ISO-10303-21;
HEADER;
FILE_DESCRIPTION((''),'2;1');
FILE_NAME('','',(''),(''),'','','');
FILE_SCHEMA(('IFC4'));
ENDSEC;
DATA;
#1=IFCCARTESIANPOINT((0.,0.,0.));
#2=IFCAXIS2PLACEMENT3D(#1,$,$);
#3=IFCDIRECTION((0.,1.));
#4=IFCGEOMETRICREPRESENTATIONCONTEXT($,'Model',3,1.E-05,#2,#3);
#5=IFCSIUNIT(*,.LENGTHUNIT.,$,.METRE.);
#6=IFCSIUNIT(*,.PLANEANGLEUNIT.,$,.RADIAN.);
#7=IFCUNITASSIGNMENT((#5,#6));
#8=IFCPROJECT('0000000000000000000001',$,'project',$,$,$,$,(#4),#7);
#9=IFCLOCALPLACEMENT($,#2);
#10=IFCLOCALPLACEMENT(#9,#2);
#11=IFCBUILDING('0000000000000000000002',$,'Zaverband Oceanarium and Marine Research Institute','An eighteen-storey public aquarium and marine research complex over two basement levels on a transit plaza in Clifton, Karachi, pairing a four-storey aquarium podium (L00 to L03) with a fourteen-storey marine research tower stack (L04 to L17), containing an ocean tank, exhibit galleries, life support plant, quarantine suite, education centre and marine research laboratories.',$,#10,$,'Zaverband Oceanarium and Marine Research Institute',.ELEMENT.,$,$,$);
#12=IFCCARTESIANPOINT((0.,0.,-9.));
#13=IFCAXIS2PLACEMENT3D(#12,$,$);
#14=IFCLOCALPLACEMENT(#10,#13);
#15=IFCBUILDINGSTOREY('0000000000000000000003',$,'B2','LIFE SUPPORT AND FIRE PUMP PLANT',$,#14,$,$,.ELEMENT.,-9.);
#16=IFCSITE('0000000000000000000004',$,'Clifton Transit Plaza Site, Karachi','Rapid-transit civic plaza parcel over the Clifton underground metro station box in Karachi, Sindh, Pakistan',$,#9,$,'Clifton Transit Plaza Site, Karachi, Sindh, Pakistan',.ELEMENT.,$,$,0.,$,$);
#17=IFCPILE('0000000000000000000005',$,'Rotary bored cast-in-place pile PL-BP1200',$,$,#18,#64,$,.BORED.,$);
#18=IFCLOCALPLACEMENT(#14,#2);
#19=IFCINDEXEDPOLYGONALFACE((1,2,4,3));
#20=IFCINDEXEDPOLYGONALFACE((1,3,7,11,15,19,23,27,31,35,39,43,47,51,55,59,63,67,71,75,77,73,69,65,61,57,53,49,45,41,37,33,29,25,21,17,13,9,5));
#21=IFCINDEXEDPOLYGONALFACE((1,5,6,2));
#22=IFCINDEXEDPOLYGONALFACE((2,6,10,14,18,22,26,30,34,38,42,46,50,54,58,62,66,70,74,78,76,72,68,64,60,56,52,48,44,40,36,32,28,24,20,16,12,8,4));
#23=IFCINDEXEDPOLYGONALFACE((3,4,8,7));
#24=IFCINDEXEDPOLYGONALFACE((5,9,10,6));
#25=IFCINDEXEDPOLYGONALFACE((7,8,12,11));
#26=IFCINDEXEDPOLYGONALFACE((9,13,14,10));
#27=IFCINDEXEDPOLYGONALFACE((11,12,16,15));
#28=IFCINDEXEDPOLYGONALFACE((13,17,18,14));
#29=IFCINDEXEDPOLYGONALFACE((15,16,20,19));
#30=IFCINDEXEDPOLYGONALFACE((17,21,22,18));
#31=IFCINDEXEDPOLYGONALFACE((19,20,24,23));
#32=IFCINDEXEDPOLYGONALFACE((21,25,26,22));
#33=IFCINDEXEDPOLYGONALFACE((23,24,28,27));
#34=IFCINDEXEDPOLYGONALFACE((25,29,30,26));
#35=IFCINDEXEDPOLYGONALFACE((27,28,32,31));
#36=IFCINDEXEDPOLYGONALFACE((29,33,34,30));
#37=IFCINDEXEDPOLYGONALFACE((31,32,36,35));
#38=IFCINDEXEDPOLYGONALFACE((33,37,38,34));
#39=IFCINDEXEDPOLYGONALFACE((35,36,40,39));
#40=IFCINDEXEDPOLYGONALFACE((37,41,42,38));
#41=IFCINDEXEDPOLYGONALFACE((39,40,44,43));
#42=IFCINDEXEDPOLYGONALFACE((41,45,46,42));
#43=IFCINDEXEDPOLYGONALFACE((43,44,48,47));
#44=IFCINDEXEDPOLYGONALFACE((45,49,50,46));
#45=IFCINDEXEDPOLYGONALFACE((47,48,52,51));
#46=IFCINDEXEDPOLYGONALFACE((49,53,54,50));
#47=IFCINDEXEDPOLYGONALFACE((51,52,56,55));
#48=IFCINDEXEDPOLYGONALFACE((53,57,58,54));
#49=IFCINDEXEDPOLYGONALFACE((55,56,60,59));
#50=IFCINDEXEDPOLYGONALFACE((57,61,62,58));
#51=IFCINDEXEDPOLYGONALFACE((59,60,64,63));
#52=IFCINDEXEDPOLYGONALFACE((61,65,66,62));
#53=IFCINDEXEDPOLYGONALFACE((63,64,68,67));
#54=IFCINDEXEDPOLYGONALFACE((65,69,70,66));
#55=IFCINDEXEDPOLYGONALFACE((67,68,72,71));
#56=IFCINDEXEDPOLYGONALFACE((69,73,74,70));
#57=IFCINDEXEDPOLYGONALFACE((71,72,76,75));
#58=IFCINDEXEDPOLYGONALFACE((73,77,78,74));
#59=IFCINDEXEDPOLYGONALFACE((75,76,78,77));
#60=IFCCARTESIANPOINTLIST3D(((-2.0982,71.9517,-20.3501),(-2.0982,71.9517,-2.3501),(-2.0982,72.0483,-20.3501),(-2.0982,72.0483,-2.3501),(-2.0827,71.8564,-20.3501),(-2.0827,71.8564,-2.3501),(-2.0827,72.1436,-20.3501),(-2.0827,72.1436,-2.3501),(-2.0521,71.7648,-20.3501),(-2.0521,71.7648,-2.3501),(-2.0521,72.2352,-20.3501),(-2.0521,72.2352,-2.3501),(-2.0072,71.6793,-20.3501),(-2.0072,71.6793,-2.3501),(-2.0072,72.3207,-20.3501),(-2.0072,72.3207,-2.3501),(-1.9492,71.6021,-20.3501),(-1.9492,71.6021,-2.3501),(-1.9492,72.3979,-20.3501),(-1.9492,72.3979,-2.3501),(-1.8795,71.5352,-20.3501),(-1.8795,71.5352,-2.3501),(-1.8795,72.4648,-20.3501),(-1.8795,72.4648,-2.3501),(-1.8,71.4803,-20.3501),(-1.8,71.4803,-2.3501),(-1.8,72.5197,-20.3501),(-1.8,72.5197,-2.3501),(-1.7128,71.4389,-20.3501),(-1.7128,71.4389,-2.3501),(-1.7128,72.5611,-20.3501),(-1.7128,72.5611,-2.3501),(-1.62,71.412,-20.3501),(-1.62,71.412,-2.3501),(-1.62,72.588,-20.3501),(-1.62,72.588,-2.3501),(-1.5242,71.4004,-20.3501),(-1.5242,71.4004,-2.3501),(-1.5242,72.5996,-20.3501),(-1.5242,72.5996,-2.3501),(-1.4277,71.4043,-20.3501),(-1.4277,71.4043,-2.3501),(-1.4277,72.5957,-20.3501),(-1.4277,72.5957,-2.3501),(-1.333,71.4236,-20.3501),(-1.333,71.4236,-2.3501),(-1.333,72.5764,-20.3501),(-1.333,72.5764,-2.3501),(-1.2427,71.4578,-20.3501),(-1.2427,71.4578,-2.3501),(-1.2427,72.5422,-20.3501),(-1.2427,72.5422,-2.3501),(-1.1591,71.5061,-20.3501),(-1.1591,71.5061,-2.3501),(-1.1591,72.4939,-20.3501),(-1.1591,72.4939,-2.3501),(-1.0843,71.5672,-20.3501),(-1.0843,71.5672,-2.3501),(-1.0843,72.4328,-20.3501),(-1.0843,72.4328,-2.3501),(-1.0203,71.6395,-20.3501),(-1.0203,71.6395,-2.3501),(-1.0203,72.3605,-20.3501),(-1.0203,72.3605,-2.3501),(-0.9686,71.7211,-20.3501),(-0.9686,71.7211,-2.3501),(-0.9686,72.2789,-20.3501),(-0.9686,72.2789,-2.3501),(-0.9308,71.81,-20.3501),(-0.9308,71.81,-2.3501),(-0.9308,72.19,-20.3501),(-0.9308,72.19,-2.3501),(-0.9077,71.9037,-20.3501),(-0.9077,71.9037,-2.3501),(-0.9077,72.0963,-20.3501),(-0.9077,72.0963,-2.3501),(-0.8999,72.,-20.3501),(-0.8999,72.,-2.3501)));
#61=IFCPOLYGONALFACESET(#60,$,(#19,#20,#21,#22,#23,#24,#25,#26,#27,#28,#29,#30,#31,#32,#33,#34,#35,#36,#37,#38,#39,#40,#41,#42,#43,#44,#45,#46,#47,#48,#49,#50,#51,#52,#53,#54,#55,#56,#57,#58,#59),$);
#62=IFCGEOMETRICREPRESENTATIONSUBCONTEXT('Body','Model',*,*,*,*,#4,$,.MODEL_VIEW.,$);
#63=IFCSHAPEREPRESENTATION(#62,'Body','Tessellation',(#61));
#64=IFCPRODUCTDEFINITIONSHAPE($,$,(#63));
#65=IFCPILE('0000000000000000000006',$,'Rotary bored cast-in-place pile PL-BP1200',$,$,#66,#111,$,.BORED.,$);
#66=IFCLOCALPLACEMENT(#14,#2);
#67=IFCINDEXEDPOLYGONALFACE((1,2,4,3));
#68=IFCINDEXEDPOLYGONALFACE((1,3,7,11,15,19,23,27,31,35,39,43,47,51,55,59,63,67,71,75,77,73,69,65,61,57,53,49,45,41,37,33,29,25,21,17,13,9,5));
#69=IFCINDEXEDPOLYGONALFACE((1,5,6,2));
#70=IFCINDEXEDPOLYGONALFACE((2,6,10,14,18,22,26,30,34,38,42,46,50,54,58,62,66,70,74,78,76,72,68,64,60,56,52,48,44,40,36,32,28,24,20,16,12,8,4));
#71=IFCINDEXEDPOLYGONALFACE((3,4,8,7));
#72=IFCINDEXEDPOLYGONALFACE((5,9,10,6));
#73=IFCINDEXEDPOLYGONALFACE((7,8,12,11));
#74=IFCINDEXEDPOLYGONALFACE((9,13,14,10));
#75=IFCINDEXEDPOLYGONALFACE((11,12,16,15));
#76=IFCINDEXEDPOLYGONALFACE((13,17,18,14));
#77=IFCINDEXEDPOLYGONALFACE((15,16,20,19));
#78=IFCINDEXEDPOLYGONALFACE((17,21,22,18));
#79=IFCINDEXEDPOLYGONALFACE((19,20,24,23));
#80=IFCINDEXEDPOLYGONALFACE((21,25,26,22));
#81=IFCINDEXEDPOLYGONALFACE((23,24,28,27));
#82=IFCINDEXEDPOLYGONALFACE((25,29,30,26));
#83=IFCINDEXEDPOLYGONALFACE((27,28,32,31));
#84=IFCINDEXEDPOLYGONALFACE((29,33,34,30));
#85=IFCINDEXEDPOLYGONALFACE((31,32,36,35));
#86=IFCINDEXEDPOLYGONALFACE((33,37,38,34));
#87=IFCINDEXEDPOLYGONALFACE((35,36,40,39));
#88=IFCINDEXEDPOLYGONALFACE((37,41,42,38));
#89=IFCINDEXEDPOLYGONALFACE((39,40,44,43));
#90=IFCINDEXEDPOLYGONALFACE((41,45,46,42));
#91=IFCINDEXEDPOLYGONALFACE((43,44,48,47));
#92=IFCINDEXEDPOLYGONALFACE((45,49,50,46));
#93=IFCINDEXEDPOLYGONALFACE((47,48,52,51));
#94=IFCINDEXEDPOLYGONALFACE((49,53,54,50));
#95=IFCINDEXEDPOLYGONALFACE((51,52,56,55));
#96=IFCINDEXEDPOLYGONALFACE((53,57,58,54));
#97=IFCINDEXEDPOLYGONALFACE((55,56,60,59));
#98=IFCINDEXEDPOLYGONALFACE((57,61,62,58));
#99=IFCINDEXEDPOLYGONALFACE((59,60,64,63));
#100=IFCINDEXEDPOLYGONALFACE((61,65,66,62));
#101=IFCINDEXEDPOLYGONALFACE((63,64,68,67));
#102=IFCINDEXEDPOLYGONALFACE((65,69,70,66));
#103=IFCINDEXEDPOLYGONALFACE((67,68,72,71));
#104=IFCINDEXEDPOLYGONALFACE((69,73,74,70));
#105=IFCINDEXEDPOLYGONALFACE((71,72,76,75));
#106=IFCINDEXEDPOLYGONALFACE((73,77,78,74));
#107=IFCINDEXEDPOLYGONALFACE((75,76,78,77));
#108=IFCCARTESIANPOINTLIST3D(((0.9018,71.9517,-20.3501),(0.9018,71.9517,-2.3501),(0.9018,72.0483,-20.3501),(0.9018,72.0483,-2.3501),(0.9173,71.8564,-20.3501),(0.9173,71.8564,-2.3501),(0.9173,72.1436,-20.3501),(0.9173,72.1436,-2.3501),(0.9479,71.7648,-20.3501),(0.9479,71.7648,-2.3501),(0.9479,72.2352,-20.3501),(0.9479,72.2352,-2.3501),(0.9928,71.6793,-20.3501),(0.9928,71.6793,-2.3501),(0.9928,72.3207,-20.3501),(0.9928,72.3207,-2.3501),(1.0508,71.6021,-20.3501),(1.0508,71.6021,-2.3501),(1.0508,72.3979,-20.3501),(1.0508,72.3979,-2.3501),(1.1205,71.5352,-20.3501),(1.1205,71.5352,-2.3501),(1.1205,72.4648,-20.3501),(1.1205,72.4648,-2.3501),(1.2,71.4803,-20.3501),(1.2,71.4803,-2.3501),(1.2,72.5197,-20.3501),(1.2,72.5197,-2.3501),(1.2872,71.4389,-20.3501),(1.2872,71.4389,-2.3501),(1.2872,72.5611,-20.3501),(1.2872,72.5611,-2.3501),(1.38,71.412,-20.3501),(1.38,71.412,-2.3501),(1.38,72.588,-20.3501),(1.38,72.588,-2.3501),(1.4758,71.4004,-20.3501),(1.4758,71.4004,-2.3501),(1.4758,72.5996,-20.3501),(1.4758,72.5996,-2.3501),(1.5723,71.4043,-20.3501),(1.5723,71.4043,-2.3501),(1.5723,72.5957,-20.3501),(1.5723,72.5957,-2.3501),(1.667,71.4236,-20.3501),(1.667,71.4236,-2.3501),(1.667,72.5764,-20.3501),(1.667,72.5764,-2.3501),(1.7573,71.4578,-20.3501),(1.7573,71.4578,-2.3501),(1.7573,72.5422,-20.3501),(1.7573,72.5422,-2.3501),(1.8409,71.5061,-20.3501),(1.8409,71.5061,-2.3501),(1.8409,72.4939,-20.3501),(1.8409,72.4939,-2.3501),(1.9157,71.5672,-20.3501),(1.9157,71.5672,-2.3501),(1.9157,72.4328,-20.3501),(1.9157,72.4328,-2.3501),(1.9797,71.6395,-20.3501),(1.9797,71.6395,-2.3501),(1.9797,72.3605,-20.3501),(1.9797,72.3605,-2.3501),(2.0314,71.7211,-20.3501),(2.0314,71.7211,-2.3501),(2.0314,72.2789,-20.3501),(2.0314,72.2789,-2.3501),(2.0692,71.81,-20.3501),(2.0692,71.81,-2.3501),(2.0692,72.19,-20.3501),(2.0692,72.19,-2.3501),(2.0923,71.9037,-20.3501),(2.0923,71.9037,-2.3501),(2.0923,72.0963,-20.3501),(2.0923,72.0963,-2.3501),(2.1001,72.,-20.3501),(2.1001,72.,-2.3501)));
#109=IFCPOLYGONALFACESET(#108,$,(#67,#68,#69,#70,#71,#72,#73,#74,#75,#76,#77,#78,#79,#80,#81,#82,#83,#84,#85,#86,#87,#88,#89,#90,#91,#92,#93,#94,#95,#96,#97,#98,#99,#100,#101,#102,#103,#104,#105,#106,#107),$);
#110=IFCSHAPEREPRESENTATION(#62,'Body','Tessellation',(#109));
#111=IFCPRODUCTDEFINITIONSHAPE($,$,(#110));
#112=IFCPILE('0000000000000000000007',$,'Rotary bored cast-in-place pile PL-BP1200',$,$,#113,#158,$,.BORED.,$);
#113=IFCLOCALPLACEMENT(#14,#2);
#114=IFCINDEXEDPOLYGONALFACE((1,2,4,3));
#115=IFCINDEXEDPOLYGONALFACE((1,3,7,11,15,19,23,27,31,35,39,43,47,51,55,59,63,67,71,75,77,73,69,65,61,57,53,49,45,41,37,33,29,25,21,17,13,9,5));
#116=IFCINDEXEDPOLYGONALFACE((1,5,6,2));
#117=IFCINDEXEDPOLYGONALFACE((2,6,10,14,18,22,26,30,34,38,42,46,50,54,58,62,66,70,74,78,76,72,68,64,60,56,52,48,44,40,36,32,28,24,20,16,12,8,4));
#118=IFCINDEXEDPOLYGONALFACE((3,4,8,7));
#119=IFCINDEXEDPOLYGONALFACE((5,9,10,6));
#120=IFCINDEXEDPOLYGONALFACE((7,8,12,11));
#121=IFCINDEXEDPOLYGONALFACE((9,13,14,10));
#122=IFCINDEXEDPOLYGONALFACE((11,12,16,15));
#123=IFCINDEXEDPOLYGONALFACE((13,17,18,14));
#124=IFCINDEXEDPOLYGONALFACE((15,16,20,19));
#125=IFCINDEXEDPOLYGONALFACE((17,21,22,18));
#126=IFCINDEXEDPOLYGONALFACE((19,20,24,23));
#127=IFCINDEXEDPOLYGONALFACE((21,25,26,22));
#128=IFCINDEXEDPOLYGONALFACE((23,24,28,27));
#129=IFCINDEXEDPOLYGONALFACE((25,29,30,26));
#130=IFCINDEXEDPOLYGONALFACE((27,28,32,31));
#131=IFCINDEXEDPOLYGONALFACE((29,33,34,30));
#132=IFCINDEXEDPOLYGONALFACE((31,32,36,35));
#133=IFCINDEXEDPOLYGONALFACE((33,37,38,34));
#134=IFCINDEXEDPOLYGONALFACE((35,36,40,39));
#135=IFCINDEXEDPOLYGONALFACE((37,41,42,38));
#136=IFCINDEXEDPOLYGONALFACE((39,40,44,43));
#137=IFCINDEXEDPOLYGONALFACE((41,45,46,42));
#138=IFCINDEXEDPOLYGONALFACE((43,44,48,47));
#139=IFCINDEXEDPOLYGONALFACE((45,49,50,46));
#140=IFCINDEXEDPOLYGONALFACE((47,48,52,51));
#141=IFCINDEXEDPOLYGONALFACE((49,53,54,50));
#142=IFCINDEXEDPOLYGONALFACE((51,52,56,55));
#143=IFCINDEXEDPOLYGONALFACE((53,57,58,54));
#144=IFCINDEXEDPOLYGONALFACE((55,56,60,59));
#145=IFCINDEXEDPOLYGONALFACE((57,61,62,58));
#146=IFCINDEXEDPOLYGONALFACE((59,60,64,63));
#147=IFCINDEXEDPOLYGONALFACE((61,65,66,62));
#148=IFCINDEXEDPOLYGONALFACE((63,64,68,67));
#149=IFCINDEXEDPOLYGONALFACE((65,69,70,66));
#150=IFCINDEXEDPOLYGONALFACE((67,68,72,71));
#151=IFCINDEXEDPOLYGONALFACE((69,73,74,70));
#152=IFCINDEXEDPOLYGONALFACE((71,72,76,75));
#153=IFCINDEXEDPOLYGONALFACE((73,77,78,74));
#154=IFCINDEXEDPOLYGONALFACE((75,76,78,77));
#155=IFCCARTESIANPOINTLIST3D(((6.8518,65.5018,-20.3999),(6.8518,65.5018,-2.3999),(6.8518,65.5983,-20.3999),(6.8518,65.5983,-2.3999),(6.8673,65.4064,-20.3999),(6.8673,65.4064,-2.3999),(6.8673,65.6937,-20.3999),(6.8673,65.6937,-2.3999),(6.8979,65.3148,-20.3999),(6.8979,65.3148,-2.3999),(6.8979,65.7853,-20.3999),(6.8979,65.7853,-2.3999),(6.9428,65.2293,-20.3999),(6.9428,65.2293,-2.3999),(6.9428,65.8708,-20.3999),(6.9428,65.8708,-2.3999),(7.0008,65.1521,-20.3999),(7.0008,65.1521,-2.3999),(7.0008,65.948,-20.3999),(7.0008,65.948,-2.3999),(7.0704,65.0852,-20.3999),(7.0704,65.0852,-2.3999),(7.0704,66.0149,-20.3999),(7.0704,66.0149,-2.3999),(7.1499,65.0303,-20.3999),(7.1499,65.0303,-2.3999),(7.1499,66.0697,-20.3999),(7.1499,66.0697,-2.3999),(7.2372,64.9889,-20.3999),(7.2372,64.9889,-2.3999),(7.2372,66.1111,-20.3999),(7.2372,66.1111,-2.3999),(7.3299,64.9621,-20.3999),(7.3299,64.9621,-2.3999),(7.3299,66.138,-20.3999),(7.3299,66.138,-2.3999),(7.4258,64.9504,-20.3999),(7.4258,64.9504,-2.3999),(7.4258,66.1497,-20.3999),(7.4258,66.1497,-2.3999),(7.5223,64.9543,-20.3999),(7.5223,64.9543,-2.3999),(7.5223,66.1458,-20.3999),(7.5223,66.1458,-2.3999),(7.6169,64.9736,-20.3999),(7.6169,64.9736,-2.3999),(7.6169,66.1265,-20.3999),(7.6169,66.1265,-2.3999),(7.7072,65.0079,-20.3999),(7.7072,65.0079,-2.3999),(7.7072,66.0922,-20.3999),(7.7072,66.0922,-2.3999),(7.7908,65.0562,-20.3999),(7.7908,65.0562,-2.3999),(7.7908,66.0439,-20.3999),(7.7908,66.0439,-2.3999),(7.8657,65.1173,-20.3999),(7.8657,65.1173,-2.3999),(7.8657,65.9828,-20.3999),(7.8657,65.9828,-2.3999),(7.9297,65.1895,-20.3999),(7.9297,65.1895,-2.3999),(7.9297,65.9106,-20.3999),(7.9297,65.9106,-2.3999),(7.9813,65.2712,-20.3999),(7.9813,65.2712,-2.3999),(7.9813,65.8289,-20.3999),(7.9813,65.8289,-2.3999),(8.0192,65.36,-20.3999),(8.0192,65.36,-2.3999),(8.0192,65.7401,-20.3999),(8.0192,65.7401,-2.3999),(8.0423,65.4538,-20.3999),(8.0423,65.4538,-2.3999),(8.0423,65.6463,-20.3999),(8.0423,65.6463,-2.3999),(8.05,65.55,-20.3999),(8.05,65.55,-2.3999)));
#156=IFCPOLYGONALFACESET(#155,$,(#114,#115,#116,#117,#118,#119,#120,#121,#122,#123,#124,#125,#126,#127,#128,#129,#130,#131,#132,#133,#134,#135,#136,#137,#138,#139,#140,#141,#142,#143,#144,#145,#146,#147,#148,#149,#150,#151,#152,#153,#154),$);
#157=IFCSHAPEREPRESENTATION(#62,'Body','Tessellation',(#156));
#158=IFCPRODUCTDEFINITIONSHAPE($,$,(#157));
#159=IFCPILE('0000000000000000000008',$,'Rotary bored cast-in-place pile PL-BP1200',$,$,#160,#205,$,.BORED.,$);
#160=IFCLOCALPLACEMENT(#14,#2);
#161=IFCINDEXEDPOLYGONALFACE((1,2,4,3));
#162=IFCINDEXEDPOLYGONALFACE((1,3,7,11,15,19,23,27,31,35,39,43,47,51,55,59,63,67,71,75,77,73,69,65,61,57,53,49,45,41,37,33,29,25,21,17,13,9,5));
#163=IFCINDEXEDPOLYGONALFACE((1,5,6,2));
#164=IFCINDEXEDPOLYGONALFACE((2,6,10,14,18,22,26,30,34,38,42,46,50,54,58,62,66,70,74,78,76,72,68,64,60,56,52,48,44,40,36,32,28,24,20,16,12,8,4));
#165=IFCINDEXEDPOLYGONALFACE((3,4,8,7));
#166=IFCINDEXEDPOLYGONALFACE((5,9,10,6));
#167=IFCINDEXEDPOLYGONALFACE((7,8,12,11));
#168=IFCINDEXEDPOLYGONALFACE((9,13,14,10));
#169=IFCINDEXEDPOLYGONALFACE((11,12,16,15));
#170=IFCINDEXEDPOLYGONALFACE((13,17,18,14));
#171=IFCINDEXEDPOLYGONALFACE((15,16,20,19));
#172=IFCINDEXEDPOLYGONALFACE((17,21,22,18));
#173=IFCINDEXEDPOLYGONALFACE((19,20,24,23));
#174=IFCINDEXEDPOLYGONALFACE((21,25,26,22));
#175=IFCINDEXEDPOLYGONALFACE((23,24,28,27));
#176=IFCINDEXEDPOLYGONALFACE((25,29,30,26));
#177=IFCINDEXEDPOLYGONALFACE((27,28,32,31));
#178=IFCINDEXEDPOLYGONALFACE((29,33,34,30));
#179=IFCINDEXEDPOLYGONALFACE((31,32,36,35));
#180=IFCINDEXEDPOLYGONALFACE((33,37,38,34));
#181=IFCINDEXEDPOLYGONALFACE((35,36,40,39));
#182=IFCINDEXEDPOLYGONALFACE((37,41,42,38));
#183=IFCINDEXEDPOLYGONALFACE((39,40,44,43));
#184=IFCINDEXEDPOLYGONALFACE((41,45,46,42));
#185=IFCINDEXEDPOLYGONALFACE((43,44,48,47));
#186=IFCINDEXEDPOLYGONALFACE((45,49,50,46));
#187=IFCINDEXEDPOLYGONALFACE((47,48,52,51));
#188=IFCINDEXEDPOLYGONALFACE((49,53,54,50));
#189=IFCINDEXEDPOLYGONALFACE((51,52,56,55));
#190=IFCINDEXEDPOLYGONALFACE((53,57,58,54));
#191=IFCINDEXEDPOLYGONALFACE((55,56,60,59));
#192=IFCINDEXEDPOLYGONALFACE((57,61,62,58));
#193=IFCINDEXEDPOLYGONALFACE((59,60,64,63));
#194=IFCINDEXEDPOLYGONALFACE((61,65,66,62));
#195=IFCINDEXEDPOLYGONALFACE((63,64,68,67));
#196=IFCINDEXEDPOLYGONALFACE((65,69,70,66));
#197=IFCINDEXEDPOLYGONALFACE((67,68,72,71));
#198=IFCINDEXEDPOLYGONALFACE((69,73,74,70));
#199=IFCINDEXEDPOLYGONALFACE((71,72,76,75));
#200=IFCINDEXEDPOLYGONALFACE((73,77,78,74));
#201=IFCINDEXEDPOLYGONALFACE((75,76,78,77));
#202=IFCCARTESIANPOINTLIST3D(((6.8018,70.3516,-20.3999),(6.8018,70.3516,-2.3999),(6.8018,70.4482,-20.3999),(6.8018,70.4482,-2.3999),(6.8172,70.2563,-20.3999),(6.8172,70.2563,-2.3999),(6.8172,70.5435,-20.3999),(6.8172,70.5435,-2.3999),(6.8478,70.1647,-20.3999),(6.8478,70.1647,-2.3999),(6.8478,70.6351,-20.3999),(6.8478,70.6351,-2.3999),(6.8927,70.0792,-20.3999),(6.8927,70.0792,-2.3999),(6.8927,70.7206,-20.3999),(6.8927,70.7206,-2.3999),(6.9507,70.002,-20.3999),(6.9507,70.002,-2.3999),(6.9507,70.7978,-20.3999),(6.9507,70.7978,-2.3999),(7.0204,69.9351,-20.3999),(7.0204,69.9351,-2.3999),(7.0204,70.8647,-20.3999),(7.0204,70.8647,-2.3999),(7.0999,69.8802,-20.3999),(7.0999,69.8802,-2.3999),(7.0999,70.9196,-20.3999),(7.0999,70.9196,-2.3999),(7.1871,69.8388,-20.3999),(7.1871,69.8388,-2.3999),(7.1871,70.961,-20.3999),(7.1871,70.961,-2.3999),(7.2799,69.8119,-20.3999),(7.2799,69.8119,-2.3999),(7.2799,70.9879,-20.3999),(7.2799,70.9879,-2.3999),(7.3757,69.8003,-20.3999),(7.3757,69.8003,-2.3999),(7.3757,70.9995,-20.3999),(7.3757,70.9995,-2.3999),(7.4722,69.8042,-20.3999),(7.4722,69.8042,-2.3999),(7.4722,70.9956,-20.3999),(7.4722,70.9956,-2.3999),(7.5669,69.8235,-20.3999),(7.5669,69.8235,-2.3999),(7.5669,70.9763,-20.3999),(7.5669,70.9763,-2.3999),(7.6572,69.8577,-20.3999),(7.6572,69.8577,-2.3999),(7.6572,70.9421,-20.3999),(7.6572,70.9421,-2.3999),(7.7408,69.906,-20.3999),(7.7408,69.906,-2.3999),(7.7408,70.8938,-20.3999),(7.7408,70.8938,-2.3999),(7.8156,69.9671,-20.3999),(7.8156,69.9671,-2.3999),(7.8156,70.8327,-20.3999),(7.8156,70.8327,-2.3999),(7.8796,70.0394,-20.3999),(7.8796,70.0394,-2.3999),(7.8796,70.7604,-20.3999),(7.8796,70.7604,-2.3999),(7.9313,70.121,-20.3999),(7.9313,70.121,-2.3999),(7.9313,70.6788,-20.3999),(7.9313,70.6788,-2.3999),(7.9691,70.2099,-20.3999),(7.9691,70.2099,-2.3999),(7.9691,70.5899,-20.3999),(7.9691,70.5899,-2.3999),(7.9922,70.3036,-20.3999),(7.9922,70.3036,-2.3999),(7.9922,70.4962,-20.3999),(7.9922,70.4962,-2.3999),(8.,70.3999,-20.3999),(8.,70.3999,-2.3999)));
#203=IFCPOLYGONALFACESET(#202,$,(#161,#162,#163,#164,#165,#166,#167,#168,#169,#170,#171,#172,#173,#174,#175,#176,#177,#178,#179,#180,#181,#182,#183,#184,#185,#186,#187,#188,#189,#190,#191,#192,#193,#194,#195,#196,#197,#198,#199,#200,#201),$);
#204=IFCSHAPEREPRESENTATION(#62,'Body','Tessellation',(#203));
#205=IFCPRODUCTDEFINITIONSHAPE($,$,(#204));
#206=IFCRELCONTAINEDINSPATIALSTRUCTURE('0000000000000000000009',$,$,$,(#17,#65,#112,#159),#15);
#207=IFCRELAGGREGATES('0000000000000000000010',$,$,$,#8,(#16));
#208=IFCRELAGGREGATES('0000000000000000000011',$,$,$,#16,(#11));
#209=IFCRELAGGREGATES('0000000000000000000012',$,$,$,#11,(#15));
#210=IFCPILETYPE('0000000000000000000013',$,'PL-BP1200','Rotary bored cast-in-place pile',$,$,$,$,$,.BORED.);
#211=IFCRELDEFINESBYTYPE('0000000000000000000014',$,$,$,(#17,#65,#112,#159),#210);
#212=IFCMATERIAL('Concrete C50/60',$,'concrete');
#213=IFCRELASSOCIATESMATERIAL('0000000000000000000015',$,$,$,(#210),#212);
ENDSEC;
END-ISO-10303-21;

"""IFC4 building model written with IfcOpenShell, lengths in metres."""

from ifc_helpers import new_model, si_unit, direction, frame, origin, origin_2d, place, context, subcontext, project, spatial, circle, extrude, material, material_profile, profile_set, type_object, element, save


model = new_model("IFC4")

# Units and contexts
model_context = context("Model", 3, precision=1e-05, world=origin(), true_north=direction((0.0, 1.0)))
body_context = subcontext(model_context, "Body", "Model", "MODEL_VIEW")
ifc_project = project(units=[si_unit("LENGTHUNIT", "METRE"), si_unit("PLANEANGLEUNIT", "RADIAN")], contexts=[model_context])

# Site, building, storey
site_placement = place(None, origin())
site = spatial("IfcSite", under=ifc_project, at=site_placement, Name="Clifton Transit Plaza Site, Karachi", Description="Rapid-transit civic plaza parcel over the Clifton underground metro station box in Karachi, Sindh, Pakistan", LongName="Clifton Transit Plaza Site, Karachi, Sindh, Pakistan", CompositionType="ELEMENT", RefElevation=0.0)
building_placement = place(site_placement, origin())
building = spatial("IfcBuilding", under=site, at=building_placement, Name="Zaverband Oceanarium and Marine Research Institute", Description="An eighteen-storey public aquarium and marine research complex over two basement levels on a transit plaza in Clifton, Karachi, pairing a four-storey aquarium podium (L00 to L03) with a fourteen-storey marine research tower stack (L04 to L17), containing an ocean tank, exhibit galleries, life support plant, quarantine suite, education centre and marine research laboratories.", LongName="Zaverband Oceanarium and Marine Research Institute", CompositionType="ELEMENT")
storey_placement = place(building_placement, frame((0.0, 0.0, -9.0)))
storey = spatial("IfcBuildingStorey", under=building, at=storey_placement, Name="B2", Description="LIFE SUPPORT AND FIRE PUMP PLANT", CompositionType="ELEMENT", Elevation=-9.0)

# Shared definitions
ifc_material_1 = material(Name="Concrete C50/60", Category="concrete")

# Piles
ifc_material_profile_1 = material_profile(ifc_material_1, circle(Radius=0.6001, at=origin_2d()), Name="BP1200")
ifc_profile_set_1 = profile_set([ifc_material_profile_1], Name="Concrete C50/60")
pile_type = type_object("IfcPileType", Name="PL-BP1200", Description="Rotary bored cast-in-place pile", PredefinedType="BORED", material=ifc_profile_set_1)
for number, where, z_axis, x_axis, name in (
    (1, (-1.5, 72.0, -2.3501), (0.0, 0.0, -1.0), (1.0, 0.0, 0.0), "Rotary bored cast-in-place pile PL-BP1200"),
    (2, (1.5, 72.0, -2.3501), (0.0, 0.0, -1.0), (1.0, 0.0, 0.0), "Rotary bored cast-in-place pile PL-BP1200"),
    (3, (7.45, 65.55, -2.3999), (0.0, 0.0, -1.0), (1.0, 0.0, 0.0), "Rotary bored cast-in-place pile PL-BP1200"),
    (4, (7.3999, 70.3999, -2.3999), (0.0, 0.0, -1.0), (1.0, 0.0, 0.0), "Rotary bored cast-in-place pile PL-BP1200"),
):
    element("IfcPile", number, at=place(storey_placement, frame(where, z_axis=z_axis, x_axis=x_axis)), inside=storey, type_object=pile_type, Name=name, PredefinedType="BORED", context=body_context, shape_type="SweptSolid", body=[
        extrude(circle(Radius=0.6001, at=origin_2d()), origin(), (0.0, 0.0, 1.0), 18.0),
    ])

save(model, "model.ifc")
